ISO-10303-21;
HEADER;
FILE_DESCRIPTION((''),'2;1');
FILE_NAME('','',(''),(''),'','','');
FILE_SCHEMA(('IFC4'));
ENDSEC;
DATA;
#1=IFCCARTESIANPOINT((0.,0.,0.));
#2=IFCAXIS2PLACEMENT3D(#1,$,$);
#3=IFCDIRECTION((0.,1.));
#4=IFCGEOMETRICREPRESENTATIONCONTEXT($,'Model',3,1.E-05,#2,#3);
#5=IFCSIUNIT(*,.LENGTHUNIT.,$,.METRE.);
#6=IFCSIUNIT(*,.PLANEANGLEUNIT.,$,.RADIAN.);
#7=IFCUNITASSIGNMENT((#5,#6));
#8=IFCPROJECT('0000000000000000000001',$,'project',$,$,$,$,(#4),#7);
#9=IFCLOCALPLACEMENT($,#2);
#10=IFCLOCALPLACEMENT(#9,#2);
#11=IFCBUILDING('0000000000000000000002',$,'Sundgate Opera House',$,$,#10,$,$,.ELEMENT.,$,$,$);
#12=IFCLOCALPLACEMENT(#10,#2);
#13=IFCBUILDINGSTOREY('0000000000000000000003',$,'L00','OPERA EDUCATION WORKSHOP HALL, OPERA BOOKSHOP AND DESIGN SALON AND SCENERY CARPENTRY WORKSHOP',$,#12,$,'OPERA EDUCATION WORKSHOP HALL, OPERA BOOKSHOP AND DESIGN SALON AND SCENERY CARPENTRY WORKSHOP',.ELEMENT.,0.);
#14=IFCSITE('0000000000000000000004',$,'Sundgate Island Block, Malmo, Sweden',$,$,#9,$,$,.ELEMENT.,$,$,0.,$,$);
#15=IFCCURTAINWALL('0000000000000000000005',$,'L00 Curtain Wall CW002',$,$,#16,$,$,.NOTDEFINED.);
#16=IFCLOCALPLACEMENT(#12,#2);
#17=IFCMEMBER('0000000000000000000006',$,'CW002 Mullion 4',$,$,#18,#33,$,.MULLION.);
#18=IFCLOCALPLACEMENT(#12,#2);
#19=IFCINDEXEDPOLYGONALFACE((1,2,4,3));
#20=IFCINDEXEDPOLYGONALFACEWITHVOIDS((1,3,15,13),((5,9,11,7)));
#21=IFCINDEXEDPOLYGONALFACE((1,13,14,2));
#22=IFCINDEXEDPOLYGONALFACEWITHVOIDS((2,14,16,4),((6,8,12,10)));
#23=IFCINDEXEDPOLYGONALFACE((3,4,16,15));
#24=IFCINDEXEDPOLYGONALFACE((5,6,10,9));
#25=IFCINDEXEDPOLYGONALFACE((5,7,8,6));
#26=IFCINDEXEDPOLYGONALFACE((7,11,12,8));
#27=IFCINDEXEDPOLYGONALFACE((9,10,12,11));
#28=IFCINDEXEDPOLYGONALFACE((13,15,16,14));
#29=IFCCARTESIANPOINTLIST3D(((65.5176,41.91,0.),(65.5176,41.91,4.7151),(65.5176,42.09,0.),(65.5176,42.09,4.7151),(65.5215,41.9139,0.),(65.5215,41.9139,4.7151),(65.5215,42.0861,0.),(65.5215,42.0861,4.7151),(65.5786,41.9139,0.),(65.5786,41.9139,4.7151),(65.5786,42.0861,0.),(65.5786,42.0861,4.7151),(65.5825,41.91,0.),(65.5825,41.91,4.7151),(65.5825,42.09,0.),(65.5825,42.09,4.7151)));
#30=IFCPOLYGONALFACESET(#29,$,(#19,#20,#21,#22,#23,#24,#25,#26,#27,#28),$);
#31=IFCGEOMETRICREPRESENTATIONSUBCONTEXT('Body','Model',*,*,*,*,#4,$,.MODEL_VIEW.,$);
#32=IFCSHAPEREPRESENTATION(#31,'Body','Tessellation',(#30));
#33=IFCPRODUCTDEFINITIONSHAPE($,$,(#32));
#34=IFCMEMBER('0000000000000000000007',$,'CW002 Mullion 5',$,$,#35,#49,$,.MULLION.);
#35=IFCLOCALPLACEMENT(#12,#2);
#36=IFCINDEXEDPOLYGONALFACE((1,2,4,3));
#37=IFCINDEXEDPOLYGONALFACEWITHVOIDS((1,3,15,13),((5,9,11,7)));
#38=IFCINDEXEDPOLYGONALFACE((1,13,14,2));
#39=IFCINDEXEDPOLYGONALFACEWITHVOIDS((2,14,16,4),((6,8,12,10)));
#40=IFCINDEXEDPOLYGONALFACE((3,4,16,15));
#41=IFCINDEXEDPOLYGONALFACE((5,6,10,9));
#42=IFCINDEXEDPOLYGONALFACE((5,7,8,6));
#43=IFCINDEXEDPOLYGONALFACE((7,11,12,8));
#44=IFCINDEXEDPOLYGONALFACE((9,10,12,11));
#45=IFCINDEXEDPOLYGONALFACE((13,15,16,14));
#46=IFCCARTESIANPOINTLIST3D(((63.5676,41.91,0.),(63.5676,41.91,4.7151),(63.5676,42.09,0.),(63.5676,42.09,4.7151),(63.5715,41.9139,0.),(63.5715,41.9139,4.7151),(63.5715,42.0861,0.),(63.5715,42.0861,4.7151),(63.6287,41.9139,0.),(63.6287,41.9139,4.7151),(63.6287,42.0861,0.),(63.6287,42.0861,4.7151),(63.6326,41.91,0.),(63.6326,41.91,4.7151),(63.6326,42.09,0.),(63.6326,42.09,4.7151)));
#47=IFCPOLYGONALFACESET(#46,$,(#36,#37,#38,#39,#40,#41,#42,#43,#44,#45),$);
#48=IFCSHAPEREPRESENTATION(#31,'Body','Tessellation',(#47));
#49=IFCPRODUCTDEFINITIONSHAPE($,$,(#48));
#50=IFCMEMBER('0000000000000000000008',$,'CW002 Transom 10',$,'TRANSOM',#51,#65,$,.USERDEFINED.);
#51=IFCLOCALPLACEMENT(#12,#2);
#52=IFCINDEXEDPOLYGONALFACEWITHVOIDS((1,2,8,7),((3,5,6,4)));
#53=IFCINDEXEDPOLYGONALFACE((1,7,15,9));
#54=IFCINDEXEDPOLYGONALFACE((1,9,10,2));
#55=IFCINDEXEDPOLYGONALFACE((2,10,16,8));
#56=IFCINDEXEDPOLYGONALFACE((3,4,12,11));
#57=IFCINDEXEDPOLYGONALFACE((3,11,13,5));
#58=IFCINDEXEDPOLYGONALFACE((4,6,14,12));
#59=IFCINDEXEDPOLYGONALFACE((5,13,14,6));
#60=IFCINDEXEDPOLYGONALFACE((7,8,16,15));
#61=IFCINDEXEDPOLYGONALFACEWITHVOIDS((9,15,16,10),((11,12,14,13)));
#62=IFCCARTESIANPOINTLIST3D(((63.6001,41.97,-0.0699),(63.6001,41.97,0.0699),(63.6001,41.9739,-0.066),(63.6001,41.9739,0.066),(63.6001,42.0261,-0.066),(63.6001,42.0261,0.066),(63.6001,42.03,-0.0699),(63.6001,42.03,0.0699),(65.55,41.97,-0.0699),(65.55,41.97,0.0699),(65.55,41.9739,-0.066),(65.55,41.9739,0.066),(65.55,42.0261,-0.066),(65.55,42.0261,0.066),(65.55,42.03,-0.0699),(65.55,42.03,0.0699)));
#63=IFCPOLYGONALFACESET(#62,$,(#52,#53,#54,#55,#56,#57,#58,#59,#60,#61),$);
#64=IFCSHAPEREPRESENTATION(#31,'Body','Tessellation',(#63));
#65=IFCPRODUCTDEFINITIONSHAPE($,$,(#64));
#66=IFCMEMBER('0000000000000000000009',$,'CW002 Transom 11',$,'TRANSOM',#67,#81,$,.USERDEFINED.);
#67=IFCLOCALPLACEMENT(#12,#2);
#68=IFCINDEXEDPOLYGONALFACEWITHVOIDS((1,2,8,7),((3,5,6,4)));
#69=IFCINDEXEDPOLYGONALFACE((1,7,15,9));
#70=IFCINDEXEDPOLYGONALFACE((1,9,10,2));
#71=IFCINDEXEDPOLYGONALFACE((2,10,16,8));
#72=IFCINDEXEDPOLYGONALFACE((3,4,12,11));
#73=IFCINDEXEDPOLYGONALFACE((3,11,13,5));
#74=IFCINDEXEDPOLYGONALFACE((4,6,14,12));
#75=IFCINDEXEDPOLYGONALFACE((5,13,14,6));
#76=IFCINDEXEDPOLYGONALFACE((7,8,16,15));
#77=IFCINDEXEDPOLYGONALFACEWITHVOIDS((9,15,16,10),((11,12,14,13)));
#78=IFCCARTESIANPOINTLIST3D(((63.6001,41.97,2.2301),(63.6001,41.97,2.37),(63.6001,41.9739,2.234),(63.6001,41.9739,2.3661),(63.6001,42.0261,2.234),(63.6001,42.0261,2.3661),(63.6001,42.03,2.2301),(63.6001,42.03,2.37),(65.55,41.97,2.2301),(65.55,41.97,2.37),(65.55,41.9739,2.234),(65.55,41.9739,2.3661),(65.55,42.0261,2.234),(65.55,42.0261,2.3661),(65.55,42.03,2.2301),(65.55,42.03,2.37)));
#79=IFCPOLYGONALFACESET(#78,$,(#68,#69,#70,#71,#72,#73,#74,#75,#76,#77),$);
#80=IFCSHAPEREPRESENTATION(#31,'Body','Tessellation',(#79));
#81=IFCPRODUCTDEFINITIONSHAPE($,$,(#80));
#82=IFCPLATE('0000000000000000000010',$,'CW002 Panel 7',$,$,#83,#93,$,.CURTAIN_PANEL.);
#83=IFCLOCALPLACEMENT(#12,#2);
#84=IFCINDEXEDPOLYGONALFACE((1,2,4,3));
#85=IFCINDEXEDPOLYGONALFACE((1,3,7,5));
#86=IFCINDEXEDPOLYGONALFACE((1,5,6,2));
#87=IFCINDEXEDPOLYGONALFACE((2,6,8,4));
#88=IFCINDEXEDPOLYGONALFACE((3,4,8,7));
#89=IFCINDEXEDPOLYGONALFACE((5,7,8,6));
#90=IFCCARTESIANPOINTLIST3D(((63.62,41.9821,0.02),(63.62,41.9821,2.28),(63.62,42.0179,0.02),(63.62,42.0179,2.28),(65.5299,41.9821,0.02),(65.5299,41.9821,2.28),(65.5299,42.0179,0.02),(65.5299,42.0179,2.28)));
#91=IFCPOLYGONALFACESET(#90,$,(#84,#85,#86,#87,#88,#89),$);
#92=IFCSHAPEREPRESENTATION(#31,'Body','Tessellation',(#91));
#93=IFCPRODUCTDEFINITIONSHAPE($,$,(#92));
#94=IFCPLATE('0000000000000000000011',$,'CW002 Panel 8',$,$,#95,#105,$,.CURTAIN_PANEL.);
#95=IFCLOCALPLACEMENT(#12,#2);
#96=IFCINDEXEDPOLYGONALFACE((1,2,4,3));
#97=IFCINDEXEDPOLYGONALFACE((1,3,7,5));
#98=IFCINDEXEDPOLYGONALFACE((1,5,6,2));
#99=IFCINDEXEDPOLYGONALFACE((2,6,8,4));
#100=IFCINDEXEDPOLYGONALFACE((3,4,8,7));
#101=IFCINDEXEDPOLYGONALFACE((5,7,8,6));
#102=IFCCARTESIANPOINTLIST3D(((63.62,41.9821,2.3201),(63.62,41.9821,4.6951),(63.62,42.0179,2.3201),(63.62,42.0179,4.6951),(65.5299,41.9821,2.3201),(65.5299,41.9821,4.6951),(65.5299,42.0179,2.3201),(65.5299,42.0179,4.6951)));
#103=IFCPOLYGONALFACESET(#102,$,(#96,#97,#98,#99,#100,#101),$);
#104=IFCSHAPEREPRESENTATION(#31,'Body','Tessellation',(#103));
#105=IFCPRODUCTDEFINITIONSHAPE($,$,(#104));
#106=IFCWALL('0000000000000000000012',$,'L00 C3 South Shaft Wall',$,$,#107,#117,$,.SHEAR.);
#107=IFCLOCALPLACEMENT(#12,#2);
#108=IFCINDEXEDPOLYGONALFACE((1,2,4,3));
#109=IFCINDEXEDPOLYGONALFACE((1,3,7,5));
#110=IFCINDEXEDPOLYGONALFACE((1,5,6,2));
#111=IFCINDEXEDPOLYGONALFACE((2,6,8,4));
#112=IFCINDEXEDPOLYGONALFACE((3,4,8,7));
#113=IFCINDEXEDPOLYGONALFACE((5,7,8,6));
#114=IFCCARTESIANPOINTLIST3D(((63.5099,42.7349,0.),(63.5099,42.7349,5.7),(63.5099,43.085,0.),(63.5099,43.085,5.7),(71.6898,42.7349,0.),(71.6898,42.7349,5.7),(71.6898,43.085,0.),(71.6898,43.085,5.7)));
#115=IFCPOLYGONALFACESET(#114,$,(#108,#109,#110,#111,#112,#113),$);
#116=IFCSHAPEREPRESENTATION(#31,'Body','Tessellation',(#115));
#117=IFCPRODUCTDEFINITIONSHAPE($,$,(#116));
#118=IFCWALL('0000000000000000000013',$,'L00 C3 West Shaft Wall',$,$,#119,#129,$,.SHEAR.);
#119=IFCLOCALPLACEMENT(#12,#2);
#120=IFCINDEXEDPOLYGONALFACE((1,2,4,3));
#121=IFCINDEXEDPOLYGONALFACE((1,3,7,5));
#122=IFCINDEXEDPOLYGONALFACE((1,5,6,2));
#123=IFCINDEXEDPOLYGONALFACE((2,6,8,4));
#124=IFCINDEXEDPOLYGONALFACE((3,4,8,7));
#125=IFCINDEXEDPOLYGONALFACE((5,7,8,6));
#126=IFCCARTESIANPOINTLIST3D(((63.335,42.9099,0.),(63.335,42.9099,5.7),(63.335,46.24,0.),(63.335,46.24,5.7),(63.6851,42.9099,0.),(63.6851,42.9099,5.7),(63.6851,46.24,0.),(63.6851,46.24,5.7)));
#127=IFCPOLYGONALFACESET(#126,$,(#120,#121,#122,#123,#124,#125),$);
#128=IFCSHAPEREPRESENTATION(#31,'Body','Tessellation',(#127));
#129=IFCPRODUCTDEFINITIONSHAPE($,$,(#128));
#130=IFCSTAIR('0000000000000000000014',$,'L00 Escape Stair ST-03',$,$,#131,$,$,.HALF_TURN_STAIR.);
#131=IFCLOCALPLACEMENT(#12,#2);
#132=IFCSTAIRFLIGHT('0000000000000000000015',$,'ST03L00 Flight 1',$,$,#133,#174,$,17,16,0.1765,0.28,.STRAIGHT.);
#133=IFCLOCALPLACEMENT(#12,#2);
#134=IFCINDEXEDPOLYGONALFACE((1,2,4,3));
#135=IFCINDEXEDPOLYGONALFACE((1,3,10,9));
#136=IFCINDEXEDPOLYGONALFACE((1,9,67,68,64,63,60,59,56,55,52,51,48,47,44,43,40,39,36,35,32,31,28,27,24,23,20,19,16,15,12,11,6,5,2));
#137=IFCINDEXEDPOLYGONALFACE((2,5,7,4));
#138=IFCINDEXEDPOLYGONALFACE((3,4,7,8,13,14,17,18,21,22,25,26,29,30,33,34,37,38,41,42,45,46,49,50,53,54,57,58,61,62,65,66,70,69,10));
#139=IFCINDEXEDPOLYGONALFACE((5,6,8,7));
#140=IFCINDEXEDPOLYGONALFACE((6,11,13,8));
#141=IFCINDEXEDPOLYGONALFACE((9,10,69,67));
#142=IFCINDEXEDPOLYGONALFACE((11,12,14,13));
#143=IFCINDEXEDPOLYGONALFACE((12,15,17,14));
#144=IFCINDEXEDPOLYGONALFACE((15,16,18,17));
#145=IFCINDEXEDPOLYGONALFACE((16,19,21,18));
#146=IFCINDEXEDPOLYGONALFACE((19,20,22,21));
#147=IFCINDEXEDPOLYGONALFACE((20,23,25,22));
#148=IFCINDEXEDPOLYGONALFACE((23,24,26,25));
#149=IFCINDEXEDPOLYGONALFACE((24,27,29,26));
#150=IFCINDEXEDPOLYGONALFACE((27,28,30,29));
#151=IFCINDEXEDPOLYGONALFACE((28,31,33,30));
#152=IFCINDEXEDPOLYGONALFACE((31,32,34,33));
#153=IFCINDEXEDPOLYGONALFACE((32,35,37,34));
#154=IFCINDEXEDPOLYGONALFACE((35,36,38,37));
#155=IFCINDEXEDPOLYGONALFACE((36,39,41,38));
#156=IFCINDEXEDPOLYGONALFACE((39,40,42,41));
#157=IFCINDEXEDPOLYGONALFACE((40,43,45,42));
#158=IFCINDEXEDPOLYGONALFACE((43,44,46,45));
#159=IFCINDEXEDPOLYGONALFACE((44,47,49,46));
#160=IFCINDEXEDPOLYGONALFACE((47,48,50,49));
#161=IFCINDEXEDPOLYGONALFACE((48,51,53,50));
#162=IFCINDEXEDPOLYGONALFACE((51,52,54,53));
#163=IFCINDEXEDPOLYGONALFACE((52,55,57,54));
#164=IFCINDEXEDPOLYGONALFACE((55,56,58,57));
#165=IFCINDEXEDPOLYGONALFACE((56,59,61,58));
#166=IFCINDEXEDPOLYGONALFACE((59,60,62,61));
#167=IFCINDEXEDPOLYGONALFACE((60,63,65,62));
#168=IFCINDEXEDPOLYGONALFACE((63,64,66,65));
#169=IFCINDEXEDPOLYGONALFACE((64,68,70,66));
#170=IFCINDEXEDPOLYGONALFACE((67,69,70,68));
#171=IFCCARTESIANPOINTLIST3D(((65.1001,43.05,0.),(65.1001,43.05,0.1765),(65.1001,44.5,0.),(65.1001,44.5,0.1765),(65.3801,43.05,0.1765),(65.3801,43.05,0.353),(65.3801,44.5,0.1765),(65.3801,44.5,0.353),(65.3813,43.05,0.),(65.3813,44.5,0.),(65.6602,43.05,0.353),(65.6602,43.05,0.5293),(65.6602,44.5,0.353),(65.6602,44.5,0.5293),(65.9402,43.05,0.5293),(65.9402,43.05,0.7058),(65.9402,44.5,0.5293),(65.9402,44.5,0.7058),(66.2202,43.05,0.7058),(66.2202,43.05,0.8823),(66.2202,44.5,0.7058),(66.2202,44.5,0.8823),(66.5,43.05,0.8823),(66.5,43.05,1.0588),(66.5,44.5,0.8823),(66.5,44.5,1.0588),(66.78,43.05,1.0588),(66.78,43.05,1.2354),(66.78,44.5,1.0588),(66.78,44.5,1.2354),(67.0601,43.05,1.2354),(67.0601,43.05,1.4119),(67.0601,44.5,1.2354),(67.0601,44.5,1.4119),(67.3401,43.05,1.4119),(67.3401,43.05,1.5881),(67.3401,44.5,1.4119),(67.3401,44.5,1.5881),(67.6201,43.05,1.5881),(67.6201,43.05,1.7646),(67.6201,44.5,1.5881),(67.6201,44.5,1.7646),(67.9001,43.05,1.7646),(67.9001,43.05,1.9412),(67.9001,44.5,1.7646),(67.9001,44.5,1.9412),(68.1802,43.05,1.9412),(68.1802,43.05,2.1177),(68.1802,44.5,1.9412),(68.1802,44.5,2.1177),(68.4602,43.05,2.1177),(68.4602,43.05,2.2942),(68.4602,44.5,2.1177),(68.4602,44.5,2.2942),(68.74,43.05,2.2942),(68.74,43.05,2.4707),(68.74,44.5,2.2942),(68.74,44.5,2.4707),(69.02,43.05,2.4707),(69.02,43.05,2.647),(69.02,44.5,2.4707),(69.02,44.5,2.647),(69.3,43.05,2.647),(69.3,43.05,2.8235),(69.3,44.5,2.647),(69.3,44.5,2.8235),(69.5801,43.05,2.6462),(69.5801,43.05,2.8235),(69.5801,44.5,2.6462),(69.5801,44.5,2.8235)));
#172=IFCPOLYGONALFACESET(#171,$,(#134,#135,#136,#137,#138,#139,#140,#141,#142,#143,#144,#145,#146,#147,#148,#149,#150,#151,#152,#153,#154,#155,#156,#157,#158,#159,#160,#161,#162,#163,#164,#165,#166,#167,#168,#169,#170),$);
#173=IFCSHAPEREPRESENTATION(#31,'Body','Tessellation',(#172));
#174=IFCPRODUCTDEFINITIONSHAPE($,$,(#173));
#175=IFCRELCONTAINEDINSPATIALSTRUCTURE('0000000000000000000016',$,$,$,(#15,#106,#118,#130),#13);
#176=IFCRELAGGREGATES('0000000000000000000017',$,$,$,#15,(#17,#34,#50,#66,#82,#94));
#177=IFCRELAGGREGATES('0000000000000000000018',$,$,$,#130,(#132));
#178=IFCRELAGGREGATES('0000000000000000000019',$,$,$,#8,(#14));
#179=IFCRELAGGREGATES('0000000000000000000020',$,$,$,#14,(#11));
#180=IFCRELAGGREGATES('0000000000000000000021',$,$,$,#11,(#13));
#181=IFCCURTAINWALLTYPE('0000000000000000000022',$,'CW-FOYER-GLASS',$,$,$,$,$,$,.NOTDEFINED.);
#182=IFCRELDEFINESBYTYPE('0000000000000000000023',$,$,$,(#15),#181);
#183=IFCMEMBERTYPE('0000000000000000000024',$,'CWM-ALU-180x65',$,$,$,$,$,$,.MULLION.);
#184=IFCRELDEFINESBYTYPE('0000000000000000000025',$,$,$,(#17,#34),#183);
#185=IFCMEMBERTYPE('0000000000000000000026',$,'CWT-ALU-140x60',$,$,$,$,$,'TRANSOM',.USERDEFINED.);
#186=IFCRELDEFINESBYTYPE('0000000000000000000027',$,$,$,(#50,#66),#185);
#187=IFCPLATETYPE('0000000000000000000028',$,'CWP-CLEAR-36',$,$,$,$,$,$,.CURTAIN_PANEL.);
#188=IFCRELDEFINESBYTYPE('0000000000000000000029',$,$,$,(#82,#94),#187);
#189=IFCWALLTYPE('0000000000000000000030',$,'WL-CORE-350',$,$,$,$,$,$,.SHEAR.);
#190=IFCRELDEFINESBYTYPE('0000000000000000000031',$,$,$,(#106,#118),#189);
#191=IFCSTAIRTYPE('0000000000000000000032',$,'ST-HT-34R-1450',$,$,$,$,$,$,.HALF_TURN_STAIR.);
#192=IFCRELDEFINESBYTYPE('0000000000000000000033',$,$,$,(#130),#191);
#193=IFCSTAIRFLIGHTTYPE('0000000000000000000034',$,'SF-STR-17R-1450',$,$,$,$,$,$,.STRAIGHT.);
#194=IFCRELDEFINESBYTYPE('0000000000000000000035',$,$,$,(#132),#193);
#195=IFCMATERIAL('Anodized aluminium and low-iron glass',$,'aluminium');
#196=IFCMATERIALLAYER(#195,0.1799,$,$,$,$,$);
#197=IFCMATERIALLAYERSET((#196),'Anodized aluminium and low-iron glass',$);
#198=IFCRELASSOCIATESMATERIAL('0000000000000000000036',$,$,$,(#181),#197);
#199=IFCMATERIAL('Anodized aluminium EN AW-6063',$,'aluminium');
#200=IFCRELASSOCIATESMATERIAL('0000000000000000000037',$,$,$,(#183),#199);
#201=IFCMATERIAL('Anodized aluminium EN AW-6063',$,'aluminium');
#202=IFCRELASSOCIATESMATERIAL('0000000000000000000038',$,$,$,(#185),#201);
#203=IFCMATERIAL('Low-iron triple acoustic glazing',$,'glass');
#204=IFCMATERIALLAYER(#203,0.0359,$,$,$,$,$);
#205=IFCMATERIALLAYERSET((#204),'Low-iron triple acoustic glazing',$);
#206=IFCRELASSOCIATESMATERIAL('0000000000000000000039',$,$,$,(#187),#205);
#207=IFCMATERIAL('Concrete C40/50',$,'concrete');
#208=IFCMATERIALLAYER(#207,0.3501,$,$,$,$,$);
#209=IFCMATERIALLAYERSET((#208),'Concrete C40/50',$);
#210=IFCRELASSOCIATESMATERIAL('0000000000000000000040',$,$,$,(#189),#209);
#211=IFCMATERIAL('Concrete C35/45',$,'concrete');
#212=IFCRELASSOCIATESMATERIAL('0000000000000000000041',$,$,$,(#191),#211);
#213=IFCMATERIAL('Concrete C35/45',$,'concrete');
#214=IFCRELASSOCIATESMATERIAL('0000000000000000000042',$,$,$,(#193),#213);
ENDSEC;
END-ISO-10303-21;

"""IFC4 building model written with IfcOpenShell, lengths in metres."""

from ifc_helpers import new_model, si_unit, direction, frame, frame_2d, origin, origin_2d, place, context, subcontext, project, spatial, polyline, rectangle, hollow_rectangle, outline, extrude, material, layer, layer_set, material_profile, profile_set, type_object, element, aggregate, save


model = new_model("IFC4")

# Units and contexts
model_context = context("Model", 3, precision=1e-05, world=origin(), true_north=direction((0.0, 1.0)))
body_context = subcontext(model_context, "Body", "Model", "MODEL_VIEW")
ifc_project = project(units=[si_unit("LENGTHUNIT", "METRE"), si_unit("PLANEANGLEUNIT", "RADIAN")], contexts=[model_context])

# Site, building, storey
site_placement = place(None, origin())
site = spatial("IfcSite", under=ifc_project, at=site_placement, Name="Sundgate Island Block, Malmo, Sweden", CompositionType="ELEMENT", RefElevation=0.0)
building_placement = place(site_placement, origin())
building = spatial("IfcBuilding", under=site, at=building_placement, Name="Sundgate Opera House", CompositionType="ELEMENT")
storey_placement = place(building_placement, origin())
storey = spatial("IfcBuildingStorey", under=building, at=storey_placement, Name="L00", Description="OPERA EDUCATION WORKSHOP HALL, OPERA BOOKSHOP AND DESIGN SALON AND SCENERY CARPENTRY WORKSHOP", LongName="OPERA EDUCATION WORKSHOP HALL, OPERA BOOKSHOP AND DESIGN SALON AND SCENERY CARPENTRY WORKSHOP", CompositionType="ELEMENT", Elevation=0.0)

# Curtain wall, members, plates
ifc_material_1 = material(Name="Anodized aluminium and low-iron glass", Category="aluminium")
ifc_layer_1 = layer(ifc_material_1, 0.1799)
ifc_layer_set_1 = layer_set([ifc_layer_1], Name="Anodized aluminium and low-iron glass")
curtain_wall_type = type_object("IfcCurtainWallType", Name="CW-FOYER-GLASS", PredefinedType="NOTDEFINED", material=ifc_layer_set_1)
curtain_wall_placement = place(storey_placement, origin())
curtain_wall = element("IfcCurtainWall", 1, at=curtain_wall_placement, inside=storey, type_object=curtain_wall_type, Name="L00 Curtain Wall CW002", PredefinedType="NOTDEFINED")
ifc_material_2 = material(Name="Anodized aluminium EN AW-6063", Category="aluminium")
ifc_material_profile_1 = material_profile(ifc_material_2, hollow_rectangle(XDim=0.0649, YDim=0.1799, WallThickness=0.0039, at=origin_2d()), Name="CWM 180x65x4")
ifc_profile_set_1 = profile_set([ifc_material_profile_1], Name="Anodized aluminium EN AW-6063")
member_type_1 = type_object("IfcMemberType", Name="CWM-ALU-180x65", PredefinedType="MULLION", material=ifc_profile_set_1)
member_1_placement = place(storey_placement, frame((65.55, 42.0, 0.0), z_axis=(0.0, 0.0, 1.0), x_axis=(1.0, 0.0, 0.0)))
member_1 = element("IfcMember", 2, at=member_1_placement, type_object=member_type_1, Name="CW002 Mullion 4", PredefinedType="MULLION", context=body_context, shape_type="SweptSolid", body=[
    extrude(hollow_rectangle(XDim=0.0649, YDim=0.1799, WallThickness=0.0039, at=origin_2d()), origin(), (0.0, 0.0, 1.0), 4.7151),
])
member_2_placement = place(storey_placement, frame((63.6001, 42.0, 0.0), z_axis=(0.0, 0.0, 1.0), x_axis=(1.0, 0.0, 0.0)))
member_2 = element("IfcMember", 3, at=member_2_placement, type_object=member_type_1, Name="CW002 Mullion 5", PredefinedType="MULLION", context=body_context, shape_type="SweptSolid", body=[
    extrude(hollow_rectangle(XDim=0.0649, YDim=0.1799, WallThickness=0.0039, at=origin_2d()), origin(), (0.0, 0.0, 1.0), 4.7151),
])
ifc_material_3 = material(Name="Anodized aluminium EN AW-6063", Category="aluminium")
ifc_material_profile_2 = material_profile(ifc_material_3, hollow_rectangle(XDim=0.0601, YDim=0.1399, WallThickness=0.0039, at=origin_2d()), Name="CWT 140x60x4")
ifc_profile_set_2 = profile_set([ifc_material_profile_2], Name="Anodized aluminium EN AW-6063")
member_type_2 = type_object("IfcMemberType", Name="CWT-ALU-140x60", ElementType="TRANSOM", PredefinedType="USERDEFINED", material=ifc_profile_set_2)
member_3_placement = place(storey_placement, frame((65.55, 42.0, 0.0), z_axis=(-1.0, 0.0, 0.0), x_axis=(0.0, -1.0, 0.0)))
member_3 = element("IfcMember", 4, at=member_3_placement, type_object=member_type_2, Name="CW002 Transom 10", ObjectType="TRANSOM", PredefinedType="USERDEFINED", context=body_context, shape_type="SweptSolid", body=[
    extrude(hollow_rectangle(XDim=0.0601, YDim=0.1399, WallThickness=0.0039, at=origin_2d()), origin(), (0.0, 0.0, 1.0), 1.95),
])
member_4_placement = place(storey_placement, frame((65.55, 42.0, 2.3), z_axis=(-1.0, 0.0, 0.0), x_axis=(0.0, -1.0, 0.0)))
member_4 = element("IfcMember", 5, at=member_4_placement, type_object=member_type_2, Name="CW002 Transom 11", ObjectType="TRANSOM", PredefinedType="USERDEFINED", context=body_context, shape_type="SweptSolid", body=[
    extrude(hollow_rectangle(XDim=0.0601, YDim=0.1399, WallThickness=0.0039, at=origin_2d()), origin(), (0.0, 0.0, 1.0), 1.95),
])
ifc_material_4 = material(Name="Low-iron triple acoustic glazing", Category="glass")
ifc_layer_2 = layer(ifc_material_4, 0.0359)
ifc_layer_set_2 = layer_set([ifc_layer_2], Name="Low-iron triple acoustic glazing")
plate_type = type_object("IfcPlateType", Name="CWP-CLEAR-36", PredefinedType="CURTAIN_PANEL", material=ifc_layer_set_2)
plate_1_placement = place(storey_placement, frame((64.575, 42.0, 0.02), z_axis=(0.0, 0.0, 1.0), x_axis=(-1.0, 0.0, 0.0)))
plate_1 = element("IfcPlate", 6, at=plate_1_placement, type_object=plate_type, Name="CW002 Panel 7", PredefinedType="CURTAIN_PANEL", context=body_context, shape_type="SweptSolid", body=[
    extrude(rectangle(XDim=1.9099, YDim=0.0359, at=origin_2d()), origin(), (0.0, 0.0, 1.0), 2.26),
])
plate_2_placement = place(storey_placement, frame((64.575, 42.0, 2.3201), z_axis=(0.0, 0.0, 1.0), x_axis=(-1.0, 0.0, 0.0)))
plate_2 = element("IfcPlate", 7, at=plate_2_placement, type_object=plate_type, Name="CW002 Panel 8", PredefinedType="CURTAIN_PANEL", context=body_context, shape_type="SweptSolid", body=[
    extrude(rectangle(XDim=1.9099, YDim=0.0359, at=origin_2d()), origin(), (0.0, 0.0, 1.0), 2.375),
])
aggregate(curtain_wall, [member_1, member_2, member_3, member_4, plate_1, plate_2])

# Walls
ifc_material_5 = material(Name="Concrete C40/50", Category="concrete")
ifc_layer_3 = layer(ifc_material_5, 0.3501)
ifc_layer_set_3 = layer_set([ifc_layer_3], Name="Concrete C40/50")
wall_type_1 = type_object("IfcWallType", Name="WL-CORE-350", PredefinedType="SHEAR", material=ifc_layer_set_3)
wall_1_placement = place(storey_placement, frame((63.51, 42.9099, 0.0), z_axis=(0.0, 0.0, 1.0), x_axis=(1.0, 0.0, 0.0)))
element("IfcWall", 8, at=wall_1_placement, inside=storey, type_object=wall_type_1, Name="L00 C3 South Shaft Wall", PredefinedType="SHEAR", context=body_context, shape_type="SweptSolid", body=[
    extrude(rectangle(XDim=8.1799, YDim=0.3501, at=frame_2d((4.0898, 0.0))), origin(), (0.0, 0.0, 1.0), 5.7),
])
wall_2_placement = place(storey_placement, frame((63.51, 42.9099, 0.0), z_axis=(0.0, 0.0, 1.0), x_axis=(0.0, 1.0, 0.0)))
element("IfcWall", 9, at=wall_2_placement, inside=storey, type_object=wall_type_1, Name="L00 C3 West Shaft Wall", PredefinedType="SHEAR", context=body_context, shape_type="SweptSolid", body=[
    extrude(rectangle(XDim=3.3301, YDim=0.3501, at=frame_2d((1.665, 0.0))), origin(), (0.0, 0.0, 1.0), 5.7),
])

# Stair, stair flight
ifc_material_6 = material(Name="Concrete C35/45", Category="concrete")
stair_type = type_object("IfcStairType", Name="ST-HT-34R-1450", PredefinedType="HALF_TURN_STAIR", material=ifc_material_6)
stair_placement = place(storey_placement, origin())
stair = element("IfcStair", 10, at=stair_placement, inside=storey, type_object=stair_type, Name="L00 Escape Stair ST-03", PredefinedType="HALF_TURN_STAIR")
ifc_material_7 = material(Name="Concrete C35/45", Category="concrete")
stair_flight_type = type_object("IfcStairFlightType", Name="SF-STR-17R-1450", PredefinedType="STRAIGHT", material=ifc_material_7)
stair_flight_placement = place(storey_placement, frame((65.1001, 43.7749, 0.0), z_axis=(0.0, 0.0, 1.0), x_axis=(1.0, 0.0, 0.0)))
stair_flight = element("IfcStairFlight", 11, at=stair_flight_placement, type_object=stair_flight_type, Name="ST03L00 Flight 1", NumberOfRisers=17, NumberOfTreads=16, PredefinedType="STRAIGHT", RiserHeight=0.1765, TreadLength=0.28, context=body_context, shape_type="SweptSolid", body=[
    extrude(outline(polyline([(0.0, 0.0), (0.0, 0.1765), (0.28, 0.1765), (0.28, 0.353), (0.5601, 0.353), (0.5601, 0.5293), (0.8401, 0.5293), (0.8401, 0.7058), (1.1201, 0.7058), (1.1201, 0.8823), (1.3999, 0.8823), (1.3999, 1.0588), (1.6799, 1.0588), (1.6799, 1.2354), (1.96, 1.2354), (1.96, 1.4119), (2.24, 1.4119), (2.24, 1.5881), (2.52, 1.5881), (2.52, 1.7646), (2.8, 1.7646), (2.8, 1.9412), (3.0801, 1.9412), (3.0801, 2.1177), (3.3601, 2.1177), (3.3601, 2.2942), (3.6399, 2.2942), (3.6399, 2.4707), (3.9199, 2.4707), (3.9199, 2.647), (4.2, 2.647), (4.2, 2.8235), (4.48, 2.8235), (4.48, 3.0), (4.48, 2.6462), (0.2812, 0.0), (0.0, 0.0)])), frame((0.0, 0.7251, 0.0), z_axis=(0.0, -1.0, 0.0), x_axis=(1.0, 0.0, 0.0)), (0.0, 0.0, 1.0), 1.45),
])
aggregate(stair, [stair_flight])

save(model, "model.ifc")
